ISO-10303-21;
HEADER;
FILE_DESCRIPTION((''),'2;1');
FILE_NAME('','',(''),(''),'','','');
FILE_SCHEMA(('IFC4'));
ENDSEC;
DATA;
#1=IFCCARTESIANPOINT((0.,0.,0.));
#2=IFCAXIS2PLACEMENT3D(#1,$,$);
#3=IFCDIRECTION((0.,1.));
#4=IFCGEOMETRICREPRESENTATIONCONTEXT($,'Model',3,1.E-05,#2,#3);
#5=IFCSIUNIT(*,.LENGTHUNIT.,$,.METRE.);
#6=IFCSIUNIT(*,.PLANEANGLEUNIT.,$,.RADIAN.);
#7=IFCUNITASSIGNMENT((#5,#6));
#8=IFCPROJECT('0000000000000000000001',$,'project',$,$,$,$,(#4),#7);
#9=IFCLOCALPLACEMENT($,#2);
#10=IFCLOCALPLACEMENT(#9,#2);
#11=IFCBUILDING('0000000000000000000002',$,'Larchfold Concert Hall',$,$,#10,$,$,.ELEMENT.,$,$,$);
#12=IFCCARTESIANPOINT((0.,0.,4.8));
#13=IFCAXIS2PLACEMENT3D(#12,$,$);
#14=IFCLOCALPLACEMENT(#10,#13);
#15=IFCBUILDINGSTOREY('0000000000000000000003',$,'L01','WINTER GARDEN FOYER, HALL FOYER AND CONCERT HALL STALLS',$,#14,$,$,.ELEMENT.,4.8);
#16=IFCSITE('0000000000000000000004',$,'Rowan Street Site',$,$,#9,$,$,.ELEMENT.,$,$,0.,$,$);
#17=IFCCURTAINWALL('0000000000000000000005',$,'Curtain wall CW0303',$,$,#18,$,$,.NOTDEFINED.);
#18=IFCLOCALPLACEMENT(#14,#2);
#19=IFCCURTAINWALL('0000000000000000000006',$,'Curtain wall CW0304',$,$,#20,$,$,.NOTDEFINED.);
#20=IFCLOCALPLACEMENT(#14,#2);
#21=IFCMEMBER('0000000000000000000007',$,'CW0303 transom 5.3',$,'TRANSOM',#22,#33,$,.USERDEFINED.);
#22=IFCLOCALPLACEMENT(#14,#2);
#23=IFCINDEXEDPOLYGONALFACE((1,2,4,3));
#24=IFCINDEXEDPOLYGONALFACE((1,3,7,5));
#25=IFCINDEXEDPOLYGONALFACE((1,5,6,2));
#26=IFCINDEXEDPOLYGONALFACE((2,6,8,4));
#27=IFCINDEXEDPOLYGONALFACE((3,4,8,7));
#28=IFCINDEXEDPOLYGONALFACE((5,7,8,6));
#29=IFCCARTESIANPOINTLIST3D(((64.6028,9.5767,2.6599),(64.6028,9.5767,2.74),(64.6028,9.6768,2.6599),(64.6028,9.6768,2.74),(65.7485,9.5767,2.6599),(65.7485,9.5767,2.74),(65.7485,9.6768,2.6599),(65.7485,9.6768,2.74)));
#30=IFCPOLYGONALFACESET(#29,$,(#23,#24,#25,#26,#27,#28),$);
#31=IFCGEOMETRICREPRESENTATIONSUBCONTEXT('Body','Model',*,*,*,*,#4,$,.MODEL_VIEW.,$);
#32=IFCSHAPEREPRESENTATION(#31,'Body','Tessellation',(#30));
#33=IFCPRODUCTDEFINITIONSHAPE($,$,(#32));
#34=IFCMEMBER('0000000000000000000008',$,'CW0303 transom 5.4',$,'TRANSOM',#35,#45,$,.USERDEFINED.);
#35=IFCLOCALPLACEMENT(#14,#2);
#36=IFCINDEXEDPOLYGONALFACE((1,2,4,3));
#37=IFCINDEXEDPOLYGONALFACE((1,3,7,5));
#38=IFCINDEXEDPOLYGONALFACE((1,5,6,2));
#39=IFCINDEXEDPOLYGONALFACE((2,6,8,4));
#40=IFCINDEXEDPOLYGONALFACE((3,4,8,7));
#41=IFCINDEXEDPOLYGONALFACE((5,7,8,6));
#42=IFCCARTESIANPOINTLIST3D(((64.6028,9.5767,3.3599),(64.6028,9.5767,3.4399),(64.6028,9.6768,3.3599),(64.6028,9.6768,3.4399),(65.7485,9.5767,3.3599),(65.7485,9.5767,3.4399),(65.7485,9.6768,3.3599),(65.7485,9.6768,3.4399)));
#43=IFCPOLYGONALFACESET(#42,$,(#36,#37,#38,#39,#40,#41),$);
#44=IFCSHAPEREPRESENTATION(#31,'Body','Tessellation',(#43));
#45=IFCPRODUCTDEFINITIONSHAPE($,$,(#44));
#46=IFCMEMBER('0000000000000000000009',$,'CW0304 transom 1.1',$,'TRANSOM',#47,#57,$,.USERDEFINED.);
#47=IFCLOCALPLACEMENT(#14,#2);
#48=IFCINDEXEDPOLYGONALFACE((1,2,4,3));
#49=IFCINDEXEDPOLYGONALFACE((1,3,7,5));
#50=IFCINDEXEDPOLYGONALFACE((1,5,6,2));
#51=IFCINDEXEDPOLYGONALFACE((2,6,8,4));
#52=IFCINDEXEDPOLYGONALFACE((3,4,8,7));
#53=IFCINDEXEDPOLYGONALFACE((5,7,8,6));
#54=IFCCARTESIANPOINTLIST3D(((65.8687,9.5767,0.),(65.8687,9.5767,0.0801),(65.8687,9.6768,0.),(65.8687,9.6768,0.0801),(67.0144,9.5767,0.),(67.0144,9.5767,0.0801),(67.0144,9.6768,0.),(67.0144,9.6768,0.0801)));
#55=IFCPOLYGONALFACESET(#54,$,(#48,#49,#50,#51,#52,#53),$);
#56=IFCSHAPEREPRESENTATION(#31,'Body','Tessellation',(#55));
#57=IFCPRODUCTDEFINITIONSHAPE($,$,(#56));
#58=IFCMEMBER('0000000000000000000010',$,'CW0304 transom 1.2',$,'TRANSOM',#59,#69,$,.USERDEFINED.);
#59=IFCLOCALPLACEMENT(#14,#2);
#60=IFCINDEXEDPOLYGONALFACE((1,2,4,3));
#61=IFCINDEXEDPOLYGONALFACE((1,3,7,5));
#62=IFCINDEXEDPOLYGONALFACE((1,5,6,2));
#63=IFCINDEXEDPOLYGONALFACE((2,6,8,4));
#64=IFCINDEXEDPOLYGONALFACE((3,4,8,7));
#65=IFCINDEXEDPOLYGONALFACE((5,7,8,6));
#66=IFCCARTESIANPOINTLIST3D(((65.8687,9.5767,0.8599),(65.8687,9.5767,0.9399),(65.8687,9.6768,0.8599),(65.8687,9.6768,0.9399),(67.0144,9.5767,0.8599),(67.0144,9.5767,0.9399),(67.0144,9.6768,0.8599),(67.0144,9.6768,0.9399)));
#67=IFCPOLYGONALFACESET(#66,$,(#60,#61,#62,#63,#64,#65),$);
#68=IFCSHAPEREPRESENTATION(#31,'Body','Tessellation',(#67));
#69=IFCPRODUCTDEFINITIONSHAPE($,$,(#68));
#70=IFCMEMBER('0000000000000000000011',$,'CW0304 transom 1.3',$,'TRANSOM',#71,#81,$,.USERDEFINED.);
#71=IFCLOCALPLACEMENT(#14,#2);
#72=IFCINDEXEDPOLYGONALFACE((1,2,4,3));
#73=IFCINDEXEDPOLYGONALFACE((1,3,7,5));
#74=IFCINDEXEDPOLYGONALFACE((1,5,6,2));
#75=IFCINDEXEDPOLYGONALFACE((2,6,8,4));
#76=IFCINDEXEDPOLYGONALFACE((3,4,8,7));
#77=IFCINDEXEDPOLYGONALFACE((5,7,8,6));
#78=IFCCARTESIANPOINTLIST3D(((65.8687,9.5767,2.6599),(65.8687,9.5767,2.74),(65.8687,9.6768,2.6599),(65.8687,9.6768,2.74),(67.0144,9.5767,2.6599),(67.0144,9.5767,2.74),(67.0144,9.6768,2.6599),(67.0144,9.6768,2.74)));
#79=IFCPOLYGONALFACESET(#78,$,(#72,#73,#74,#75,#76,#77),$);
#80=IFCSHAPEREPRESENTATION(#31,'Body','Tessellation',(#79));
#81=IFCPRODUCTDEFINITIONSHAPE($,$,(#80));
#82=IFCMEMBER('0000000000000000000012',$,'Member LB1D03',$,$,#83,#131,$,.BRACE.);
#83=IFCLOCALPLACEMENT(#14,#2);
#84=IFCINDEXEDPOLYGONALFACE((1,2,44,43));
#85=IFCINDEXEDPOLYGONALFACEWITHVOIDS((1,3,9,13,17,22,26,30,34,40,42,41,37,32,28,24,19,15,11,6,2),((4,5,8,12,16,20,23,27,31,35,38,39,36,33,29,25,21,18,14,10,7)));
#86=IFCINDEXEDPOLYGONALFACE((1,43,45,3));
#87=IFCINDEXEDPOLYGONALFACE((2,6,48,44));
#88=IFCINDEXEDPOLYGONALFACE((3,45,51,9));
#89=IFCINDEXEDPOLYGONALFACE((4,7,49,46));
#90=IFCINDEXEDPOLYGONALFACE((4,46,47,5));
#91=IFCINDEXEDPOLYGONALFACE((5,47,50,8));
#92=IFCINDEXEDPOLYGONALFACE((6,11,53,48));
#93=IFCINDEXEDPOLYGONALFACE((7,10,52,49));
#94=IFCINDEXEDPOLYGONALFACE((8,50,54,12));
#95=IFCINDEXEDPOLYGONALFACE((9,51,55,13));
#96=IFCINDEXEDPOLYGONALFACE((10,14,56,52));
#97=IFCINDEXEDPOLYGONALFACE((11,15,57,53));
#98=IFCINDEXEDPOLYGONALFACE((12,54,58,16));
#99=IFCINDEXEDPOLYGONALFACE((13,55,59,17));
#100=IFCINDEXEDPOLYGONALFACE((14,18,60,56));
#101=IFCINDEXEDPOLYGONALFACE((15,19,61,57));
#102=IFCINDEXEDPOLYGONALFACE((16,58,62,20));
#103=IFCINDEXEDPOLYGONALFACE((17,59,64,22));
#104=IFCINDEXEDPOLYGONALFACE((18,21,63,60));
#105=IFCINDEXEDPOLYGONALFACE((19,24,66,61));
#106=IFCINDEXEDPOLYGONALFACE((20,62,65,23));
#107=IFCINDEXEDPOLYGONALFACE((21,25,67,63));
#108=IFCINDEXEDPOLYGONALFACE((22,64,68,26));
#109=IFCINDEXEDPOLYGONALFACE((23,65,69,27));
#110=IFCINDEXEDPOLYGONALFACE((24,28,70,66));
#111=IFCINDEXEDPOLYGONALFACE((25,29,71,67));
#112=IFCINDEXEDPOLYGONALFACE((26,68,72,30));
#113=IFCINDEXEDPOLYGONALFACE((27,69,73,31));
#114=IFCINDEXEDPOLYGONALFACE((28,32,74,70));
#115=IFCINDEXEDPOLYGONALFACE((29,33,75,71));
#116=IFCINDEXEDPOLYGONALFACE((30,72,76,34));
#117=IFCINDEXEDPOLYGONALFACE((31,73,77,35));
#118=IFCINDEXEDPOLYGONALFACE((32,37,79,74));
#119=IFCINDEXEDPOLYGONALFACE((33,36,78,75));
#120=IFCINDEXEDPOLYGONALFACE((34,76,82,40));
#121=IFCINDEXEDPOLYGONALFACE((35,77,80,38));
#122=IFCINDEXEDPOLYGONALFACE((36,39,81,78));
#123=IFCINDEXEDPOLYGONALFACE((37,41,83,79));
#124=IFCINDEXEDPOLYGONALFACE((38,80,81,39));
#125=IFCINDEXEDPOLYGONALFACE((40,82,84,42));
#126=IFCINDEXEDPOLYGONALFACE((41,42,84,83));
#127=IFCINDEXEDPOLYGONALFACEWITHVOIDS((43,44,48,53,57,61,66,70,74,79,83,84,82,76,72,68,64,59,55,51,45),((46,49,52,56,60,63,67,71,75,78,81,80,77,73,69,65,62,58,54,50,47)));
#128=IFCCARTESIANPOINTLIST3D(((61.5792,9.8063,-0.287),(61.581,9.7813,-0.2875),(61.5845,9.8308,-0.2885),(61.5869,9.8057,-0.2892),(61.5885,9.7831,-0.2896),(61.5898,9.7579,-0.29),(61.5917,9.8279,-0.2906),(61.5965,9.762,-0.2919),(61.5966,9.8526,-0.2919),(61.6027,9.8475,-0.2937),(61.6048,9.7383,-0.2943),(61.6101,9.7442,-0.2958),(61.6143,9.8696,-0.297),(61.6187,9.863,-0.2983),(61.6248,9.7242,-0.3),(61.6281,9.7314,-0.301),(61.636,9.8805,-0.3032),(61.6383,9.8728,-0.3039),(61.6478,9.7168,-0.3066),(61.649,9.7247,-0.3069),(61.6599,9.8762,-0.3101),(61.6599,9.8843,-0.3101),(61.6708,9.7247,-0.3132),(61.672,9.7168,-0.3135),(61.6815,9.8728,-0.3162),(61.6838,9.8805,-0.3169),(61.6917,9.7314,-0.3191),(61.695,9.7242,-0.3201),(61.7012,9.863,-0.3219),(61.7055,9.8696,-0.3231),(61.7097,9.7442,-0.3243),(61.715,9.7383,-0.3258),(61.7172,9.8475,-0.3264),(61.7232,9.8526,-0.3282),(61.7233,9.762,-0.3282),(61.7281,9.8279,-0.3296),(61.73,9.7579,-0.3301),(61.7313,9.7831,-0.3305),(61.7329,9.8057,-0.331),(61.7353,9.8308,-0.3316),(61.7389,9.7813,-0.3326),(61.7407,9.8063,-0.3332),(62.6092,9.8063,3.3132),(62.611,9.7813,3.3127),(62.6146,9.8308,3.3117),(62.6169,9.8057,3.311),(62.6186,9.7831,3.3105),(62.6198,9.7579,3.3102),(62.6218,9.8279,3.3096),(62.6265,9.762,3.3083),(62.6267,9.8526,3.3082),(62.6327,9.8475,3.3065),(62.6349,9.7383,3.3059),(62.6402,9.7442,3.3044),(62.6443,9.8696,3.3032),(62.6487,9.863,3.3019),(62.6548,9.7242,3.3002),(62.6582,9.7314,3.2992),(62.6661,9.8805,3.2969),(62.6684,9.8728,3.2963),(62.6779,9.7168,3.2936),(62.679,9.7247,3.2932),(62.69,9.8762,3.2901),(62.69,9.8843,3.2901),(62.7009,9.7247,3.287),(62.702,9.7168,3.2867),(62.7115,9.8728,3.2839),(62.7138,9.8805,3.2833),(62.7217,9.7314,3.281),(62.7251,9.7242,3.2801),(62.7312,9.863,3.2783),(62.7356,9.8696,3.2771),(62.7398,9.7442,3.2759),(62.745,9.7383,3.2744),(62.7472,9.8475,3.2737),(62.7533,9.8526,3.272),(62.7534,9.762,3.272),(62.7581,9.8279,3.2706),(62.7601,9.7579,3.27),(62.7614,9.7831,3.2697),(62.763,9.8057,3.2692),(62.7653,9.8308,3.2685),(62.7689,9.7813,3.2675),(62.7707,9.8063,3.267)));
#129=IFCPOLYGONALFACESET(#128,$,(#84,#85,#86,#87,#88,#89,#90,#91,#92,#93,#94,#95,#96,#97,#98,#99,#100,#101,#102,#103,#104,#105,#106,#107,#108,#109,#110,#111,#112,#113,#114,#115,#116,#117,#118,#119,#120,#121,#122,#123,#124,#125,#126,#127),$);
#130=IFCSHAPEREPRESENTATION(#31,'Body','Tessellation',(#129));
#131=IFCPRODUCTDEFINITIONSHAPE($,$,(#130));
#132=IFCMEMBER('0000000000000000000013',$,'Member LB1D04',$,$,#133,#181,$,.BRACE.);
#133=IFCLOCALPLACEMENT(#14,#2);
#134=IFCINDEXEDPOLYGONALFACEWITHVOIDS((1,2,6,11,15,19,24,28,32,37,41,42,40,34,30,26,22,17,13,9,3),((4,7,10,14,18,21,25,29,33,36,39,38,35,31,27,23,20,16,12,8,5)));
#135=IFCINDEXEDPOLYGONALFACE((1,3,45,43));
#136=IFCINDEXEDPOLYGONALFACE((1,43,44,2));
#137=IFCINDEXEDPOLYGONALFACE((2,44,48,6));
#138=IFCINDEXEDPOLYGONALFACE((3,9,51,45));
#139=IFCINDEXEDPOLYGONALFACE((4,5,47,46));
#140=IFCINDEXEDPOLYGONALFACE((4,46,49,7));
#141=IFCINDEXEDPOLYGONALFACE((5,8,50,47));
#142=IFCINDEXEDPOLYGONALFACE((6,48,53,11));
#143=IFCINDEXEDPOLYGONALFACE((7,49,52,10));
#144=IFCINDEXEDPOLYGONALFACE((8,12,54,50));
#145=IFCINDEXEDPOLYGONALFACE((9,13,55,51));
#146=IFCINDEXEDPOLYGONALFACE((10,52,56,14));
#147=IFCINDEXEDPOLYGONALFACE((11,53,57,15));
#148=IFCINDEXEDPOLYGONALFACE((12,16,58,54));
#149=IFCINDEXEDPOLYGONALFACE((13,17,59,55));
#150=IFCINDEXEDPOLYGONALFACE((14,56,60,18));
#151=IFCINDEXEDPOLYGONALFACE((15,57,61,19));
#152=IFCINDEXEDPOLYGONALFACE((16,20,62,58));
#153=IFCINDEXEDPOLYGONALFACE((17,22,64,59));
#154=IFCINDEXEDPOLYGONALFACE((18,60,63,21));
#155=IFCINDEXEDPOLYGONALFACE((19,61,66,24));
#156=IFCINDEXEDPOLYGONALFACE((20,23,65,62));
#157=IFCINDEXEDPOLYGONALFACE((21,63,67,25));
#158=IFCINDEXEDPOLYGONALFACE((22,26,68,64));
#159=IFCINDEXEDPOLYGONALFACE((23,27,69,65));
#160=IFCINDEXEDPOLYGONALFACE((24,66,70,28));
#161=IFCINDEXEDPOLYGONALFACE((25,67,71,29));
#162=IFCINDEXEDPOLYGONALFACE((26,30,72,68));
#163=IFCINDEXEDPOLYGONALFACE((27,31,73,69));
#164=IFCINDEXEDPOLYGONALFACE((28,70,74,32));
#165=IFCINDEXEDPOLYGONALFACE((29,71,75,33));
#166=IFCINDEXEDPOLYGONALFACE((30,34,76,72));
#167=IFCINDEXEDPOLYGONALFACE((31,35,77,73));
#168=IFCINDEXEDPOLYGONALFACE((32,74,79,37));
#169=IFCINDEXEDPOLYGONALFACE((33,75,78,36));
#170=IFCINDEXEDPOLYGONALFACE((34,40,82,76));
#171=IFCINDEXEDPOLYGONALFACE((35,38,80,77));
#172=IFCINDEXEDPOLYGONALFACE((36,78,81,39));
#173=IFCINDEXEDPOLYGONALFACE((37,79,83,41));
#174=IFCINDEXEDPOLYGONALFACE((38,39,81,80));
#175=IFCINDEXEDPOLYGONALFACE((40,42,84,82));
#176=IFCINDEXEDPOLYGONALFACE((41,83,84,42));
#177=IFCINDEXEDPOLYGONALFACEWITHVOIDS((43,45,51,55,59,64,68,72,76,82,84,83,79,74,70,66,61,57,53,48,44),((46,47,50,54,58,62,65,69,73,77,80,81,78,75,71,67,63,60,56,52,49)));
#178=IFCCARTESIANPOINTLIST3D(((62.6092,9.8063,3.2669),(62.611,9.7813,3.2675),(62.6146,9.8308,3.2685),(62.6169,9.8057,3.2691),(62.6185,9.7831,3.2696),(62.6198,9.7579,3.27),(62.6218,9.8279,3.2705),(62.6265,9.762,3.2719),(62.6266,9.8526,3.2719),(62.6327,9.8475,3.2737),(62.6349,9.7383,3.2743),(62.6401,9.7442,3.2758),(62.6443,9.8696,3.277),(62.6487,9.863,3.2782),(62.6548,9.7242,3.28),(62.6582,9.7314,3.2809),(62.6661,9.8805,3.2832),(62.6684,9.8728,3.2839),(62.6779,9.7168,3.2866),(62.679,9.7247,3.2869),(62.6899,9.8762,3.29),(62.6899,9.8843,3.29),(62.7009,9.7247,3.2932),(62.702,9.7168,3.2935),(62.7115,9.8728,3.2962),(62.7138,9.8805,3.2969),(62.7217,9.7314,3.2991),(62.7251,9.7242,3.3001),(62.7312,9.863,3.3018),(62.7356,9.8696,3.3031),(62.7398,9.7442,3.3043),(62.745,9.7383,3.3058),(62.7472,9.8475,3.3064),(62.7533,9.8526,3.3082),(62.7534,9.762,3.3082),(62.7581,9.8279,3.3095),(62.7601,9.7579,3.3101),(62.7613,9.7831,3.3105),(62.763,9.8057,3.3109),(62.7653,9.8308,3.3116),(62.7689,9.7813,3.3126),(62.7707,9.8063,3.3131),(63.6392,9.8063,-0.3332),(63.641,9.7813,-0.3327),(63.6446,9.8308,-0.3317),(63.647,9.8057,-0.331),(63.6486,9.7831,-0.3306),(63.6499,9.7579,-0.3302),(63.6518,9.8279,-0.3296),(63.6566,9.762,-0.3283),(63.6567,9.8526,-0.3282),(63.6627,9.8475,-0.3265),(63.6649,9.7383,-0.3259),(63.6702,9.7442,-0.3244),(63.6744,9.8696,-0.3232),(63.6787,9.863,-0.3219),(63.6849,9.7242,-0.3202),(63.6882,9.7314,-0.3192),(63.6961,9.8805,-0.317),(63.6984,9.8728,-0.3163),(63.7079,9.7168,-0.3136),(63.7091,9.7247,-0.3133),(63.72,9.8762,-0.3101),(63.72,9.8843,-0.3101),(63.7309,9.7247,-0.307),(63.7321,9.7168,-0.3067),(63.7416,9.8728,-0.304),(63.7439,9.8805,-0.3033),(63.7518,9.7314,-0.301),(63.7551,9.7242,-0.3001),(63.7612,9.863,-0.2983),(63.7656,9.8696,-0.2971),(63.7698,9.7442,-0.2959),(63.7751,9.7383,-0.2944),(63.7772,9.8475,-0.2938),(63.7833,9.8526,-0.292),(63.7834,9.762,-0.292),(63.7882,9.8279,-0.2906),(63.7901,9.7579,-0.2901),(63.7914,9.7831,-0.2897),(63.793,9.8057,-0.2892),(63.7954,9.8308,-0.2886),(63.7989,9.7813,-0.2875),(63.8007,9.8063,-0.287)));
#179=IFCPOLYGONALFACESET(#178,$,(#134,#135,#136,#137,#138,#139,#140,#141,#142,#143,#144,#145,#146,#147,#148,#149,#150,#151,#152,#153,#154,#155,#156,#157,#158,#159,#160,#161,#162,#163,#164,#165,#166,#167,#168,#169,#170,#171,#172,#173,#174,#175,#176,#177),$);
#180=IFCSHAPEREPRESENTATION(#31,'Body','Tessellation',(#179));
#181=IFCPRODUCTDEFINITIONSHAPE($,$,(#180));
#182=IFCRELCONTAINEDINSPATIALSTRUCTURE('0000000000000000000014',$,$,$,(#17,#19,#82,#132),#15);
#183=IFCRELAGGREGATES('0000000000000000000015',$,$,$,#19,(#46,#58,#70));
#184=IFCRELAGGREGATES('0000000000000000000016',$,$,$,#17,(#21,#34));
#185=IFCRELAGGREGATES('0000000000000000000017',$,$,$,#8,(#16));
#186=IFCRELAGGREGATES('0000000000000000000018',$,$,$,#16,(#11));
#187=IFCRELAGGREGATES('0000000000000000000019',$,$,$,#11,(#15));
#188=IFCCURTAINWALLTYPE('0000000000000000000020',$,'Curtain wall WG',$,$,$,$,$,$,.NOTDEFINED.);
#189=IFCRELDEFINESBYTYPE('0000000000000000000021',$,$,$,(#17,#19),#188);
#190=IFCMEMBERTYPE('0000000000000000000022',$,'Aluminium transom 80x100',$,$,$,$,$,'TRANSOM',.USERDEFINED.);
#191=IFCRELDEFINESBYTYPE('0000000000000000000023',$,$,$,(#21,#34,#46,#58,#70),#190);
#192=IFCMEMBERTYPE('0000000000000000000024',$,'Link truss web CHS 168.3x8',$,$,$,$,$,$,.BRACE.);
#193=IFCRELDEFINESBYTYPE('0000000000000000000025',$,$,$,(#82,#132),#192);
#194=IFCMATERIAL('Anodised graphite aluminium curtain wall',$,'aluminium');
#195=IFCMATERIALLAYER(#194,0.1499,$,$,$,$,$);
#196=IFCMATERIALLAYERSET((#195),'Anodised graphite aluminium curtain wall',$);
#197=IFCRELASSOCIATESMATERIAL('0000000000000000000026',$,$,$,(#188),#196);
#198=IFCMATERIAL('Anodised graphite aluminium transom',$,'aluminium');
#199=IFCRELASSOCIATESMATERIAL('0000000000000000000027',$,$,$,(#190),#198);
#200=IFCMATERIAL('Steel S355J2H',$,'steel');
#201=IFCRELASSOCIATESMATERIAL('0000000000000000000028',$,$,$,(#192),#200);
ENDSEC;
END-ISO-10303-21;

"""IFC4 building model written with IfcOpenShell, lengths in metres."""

from ifc_helpers import new_model, si_unit, direction, frame, origin, origin_2d, place, context, subcontext, project, spatial, rectangle, hollow_circle, extrude, material, layer, layer_set, material_profile, profile_set, type_object, element, aggregate, save


model = new_model("IFC4")

# Units and contexts
model_context = context("Model", 3, precision=1e-05, world=origin(), true_north=direction((0.0, 1.0)))
body_context = subcontext(model_context, "Body", "Model", "MODEL_VIEW")
ifc_project = project(units=[si_unit("LENGTHUNIT", "METRE"), si_unit("PLANEANGLEUNIT", "RADIAN")], contexts=[model_context])

# Site, building, storey
site_placement = place(None, origin())
site = spatial("IfcSite", under=ifc_project, at=site_placement, Name="Rowan Street Site", CompositionType="ELEMENT", RefElevation=0.0)
building_placement = place(site_placement, origin())
building = spatial("IfcBuilding", under=site, at=building_placement, Name="Larchfold Concert Hall", CompositionType="ELEMENT")
storey_placement = place(building_placement, frame((0.0, 0.0, 4.8)))
storey = spatial("IfcBuildingStorey", under=building, at=storey_placement, Name="L01", Description="WINTER GARDEN FOYER, HALL FOYER AND CONCERT HALL STALLS", CompositionType="ELEMENT", Elevation=4.8)

# Curtain wall
ifc_material_1 = material(Name="Anodised graphite aluminium curtain wall", Category="aluminium")
ifc_layer_1 = layer(ifc_material_1, 0.1499)
ifc_layer_set_1 = layer_set([ifc_layer_1], Name="Anodised graphite aluminium curtain wall")
curtain_wall_type = type_object("IfcCurtainWallType", Name="Curtain wall WG", PredefinedType="NOTDEFINED", material=ifc_layer_set_1)
curtain_wall_1_placement = place(storey_placement, origin())
curtain_wall_1 = element("IfcCurtainWall", 1, at=curtain_wall_1_placement, inside=storey, type_object=curtain_wall_type, Name="Curtain wall CW0303", PredefinedType="NOTDEFINED")

# Curtain wall
curtain_wall_2_placement = place(storey_placement, origin())
curtain_wall_2 = element("IfcCurtainWall", 2, at=curtain_wall_2_placement, inside=storey, type_object=curtain_wall_type, Name="Curtain wall CW0304", PredefinedType="NOTDEFINED")

# Members
ifc_material_2 = material(Name="Anodised graphite aluminium transom", Category="aluminium")
ifc_material_profile_1 = material_profile(ifc_material_2, rectangle(XDim=0.1001, YDim=0.0801, at=origin_2d()))
ifc_profile_set_1 = profile_set([ifc_material_profile_1], Name="Anodised graphite aluminium transom")
member_type_1 = type_object("IfcMemberType", Name="Aluminium transom 80x100", ElementType="TRANSOM", PredefinedType="USERDEFINED", material=ifc_profile_set_1)
member_1_placement = place(storey_placement, frame((64.6028, 9.6267, 2.7), z_axis=(1.0, 0.0, 0.0), x_axis=(0.0, 1.0, 0.0)))
member_1 = element("IfcMember", 3, at=member_1_placement, type_object=member_type_1, Name="CW0303 transom 5.3", ObjectType="TRANSOM", PredefinedType="USERDEFINED", context=body_context, shape_type="SweptSolid", body=[
    extrude(rectangle(XDim=0.1001, YDim=0.0801, at=origin_2d()), origin(), (0.0, 0.0, 1.0), 1.1458),
])
member_2_placement = place(storey_placement, frame((64.6028, 9.6267, 3.3999), z_axis=(1.0, 0.0, 0.0), x_axis=(0.0, 1.0, 0.0)))
member_2 = element("IfcMember", 4, at=member_2_placement, type_object=member_type_1, Name="CW0303 transom 5.4", ObjectType="TRANSOM", PredefinedType="USERDEFINED", context=body_context, shape_type="SweptSolid", body=[
    extrude(rectangle(XDim=0.1001, YDim=0.0801, at=origin_2d()), origin(), (0.0, 0.0, 1.0), 1.1458),
])
member_3_placement = place(storey_placement, frame((65.8687, 9.6267, 0.04), z_axis=(1.0, 0.0, 0.0), x_axis=(0.0, 1.0, 0.0)))
member_3 = element("IfcMember", 5, at=member_3_placement, type_object=member_type_1, Name="CW0304 transom 1.1", ObjectType="TRANSOM", PredefinedType="USERDEFINED", context=body_context, shape_type="SweptSolid", body=[
    extrude(rectangle(XDim=0.1001, YDim=0.0801, at=origin_2d()), origin(), (0.0, 0.0, 1.0), 1.1458),
])
member_4_placement = place(storey_placement, frame((65.8687, 9.6267, 0.8999), z_axis=(1.0, 0.0, 0.0), x_axis=(0.0, 1.0, 0.0)))
member_4 = element("IfcMember", 6, at=member_4_placement, type_object=member_type_1, Name="CW0304 transom 1.2", ObjectType="TRANSOM", PredefinedType="USERDEFINED", context=body_context, shape_type="SweptSolid", body=[
    extrude(rectangle(XDim=0.1001, YDim=0.0801, at=origin_2d()), origin(), (0.0, 0.0, 1.0), 1.1458),
])
member_5_placement = place(storey_placement, frame((65.8687, 9.6267, 2.7), z_axis=(1.0, 0.0, 0.0), x_axis=(0.0, 1.0, 0.0)))
member_5 = element("IfcMember", 7, at=member_5_placement, type_object=member_type_1, Name="CW0304 transom 1.3", ObjectType="TRANSOM", PredefinedType="USERDEFINED", context=body_context, shape_type="SweptSolid", body=[
    extrude(rectangle(XDim=0.1001, YDim=0.0801, at=origin_2d()), origin(), (0.0, 0.0, 1.0), 1.1458),
])
aggregate(curtain_wall_2, [member_3, member_4, member_5])

# Members
ifc_material_3 = material(Name="Steel S355J2H", Category="steel")
ifc_material_profile_2 = material_profile(ifc_material_3, hollow_circle(Radius=0.0842, WallThickness=0.0081, at=origin_2d()))
ifc_profile_set_2 = profile_set([ifc_material_profile_2], Name="Steel S355J2H")
member_type_2 = type_object("IfcMemberType", Name="Link truss web CHS 168.3x8", PredefinedType="BRACE", material=ifc_profile_set_2)
for number, where, z_axis, x_axis, name in (
    (8, (61.6599, 9.8, -0.3101), (0.275074, 0.0, 0.961423), (0.0, 1.0, 0.0), "Member LB1D03"),
    (9, (62.6899, 9.8, 3.29), (0.275074, 0.0, -0.961423), (0.0, 1.0, 0.0), "Member LB1D04"),
):
    element("IfcMember", number, at=place(storey_placement, frame(where, z_axis=z_axis, x_axis=x_axis)), inside=storey, type_object=member_type_2, Name=name, PredefinedType="BRACE", context=body_context, shape_type="SweptSolid", body=[
        extrude(hollow_circle(Radius=0.0842, WallThickness=0.0081, at=origin_2d()), origin(), (0.0, 0.0, 1.0), 3.7446),
    ])

aggregate(curtain_wall_1, [member_1, member_2])

save(model, "model.ifc")
